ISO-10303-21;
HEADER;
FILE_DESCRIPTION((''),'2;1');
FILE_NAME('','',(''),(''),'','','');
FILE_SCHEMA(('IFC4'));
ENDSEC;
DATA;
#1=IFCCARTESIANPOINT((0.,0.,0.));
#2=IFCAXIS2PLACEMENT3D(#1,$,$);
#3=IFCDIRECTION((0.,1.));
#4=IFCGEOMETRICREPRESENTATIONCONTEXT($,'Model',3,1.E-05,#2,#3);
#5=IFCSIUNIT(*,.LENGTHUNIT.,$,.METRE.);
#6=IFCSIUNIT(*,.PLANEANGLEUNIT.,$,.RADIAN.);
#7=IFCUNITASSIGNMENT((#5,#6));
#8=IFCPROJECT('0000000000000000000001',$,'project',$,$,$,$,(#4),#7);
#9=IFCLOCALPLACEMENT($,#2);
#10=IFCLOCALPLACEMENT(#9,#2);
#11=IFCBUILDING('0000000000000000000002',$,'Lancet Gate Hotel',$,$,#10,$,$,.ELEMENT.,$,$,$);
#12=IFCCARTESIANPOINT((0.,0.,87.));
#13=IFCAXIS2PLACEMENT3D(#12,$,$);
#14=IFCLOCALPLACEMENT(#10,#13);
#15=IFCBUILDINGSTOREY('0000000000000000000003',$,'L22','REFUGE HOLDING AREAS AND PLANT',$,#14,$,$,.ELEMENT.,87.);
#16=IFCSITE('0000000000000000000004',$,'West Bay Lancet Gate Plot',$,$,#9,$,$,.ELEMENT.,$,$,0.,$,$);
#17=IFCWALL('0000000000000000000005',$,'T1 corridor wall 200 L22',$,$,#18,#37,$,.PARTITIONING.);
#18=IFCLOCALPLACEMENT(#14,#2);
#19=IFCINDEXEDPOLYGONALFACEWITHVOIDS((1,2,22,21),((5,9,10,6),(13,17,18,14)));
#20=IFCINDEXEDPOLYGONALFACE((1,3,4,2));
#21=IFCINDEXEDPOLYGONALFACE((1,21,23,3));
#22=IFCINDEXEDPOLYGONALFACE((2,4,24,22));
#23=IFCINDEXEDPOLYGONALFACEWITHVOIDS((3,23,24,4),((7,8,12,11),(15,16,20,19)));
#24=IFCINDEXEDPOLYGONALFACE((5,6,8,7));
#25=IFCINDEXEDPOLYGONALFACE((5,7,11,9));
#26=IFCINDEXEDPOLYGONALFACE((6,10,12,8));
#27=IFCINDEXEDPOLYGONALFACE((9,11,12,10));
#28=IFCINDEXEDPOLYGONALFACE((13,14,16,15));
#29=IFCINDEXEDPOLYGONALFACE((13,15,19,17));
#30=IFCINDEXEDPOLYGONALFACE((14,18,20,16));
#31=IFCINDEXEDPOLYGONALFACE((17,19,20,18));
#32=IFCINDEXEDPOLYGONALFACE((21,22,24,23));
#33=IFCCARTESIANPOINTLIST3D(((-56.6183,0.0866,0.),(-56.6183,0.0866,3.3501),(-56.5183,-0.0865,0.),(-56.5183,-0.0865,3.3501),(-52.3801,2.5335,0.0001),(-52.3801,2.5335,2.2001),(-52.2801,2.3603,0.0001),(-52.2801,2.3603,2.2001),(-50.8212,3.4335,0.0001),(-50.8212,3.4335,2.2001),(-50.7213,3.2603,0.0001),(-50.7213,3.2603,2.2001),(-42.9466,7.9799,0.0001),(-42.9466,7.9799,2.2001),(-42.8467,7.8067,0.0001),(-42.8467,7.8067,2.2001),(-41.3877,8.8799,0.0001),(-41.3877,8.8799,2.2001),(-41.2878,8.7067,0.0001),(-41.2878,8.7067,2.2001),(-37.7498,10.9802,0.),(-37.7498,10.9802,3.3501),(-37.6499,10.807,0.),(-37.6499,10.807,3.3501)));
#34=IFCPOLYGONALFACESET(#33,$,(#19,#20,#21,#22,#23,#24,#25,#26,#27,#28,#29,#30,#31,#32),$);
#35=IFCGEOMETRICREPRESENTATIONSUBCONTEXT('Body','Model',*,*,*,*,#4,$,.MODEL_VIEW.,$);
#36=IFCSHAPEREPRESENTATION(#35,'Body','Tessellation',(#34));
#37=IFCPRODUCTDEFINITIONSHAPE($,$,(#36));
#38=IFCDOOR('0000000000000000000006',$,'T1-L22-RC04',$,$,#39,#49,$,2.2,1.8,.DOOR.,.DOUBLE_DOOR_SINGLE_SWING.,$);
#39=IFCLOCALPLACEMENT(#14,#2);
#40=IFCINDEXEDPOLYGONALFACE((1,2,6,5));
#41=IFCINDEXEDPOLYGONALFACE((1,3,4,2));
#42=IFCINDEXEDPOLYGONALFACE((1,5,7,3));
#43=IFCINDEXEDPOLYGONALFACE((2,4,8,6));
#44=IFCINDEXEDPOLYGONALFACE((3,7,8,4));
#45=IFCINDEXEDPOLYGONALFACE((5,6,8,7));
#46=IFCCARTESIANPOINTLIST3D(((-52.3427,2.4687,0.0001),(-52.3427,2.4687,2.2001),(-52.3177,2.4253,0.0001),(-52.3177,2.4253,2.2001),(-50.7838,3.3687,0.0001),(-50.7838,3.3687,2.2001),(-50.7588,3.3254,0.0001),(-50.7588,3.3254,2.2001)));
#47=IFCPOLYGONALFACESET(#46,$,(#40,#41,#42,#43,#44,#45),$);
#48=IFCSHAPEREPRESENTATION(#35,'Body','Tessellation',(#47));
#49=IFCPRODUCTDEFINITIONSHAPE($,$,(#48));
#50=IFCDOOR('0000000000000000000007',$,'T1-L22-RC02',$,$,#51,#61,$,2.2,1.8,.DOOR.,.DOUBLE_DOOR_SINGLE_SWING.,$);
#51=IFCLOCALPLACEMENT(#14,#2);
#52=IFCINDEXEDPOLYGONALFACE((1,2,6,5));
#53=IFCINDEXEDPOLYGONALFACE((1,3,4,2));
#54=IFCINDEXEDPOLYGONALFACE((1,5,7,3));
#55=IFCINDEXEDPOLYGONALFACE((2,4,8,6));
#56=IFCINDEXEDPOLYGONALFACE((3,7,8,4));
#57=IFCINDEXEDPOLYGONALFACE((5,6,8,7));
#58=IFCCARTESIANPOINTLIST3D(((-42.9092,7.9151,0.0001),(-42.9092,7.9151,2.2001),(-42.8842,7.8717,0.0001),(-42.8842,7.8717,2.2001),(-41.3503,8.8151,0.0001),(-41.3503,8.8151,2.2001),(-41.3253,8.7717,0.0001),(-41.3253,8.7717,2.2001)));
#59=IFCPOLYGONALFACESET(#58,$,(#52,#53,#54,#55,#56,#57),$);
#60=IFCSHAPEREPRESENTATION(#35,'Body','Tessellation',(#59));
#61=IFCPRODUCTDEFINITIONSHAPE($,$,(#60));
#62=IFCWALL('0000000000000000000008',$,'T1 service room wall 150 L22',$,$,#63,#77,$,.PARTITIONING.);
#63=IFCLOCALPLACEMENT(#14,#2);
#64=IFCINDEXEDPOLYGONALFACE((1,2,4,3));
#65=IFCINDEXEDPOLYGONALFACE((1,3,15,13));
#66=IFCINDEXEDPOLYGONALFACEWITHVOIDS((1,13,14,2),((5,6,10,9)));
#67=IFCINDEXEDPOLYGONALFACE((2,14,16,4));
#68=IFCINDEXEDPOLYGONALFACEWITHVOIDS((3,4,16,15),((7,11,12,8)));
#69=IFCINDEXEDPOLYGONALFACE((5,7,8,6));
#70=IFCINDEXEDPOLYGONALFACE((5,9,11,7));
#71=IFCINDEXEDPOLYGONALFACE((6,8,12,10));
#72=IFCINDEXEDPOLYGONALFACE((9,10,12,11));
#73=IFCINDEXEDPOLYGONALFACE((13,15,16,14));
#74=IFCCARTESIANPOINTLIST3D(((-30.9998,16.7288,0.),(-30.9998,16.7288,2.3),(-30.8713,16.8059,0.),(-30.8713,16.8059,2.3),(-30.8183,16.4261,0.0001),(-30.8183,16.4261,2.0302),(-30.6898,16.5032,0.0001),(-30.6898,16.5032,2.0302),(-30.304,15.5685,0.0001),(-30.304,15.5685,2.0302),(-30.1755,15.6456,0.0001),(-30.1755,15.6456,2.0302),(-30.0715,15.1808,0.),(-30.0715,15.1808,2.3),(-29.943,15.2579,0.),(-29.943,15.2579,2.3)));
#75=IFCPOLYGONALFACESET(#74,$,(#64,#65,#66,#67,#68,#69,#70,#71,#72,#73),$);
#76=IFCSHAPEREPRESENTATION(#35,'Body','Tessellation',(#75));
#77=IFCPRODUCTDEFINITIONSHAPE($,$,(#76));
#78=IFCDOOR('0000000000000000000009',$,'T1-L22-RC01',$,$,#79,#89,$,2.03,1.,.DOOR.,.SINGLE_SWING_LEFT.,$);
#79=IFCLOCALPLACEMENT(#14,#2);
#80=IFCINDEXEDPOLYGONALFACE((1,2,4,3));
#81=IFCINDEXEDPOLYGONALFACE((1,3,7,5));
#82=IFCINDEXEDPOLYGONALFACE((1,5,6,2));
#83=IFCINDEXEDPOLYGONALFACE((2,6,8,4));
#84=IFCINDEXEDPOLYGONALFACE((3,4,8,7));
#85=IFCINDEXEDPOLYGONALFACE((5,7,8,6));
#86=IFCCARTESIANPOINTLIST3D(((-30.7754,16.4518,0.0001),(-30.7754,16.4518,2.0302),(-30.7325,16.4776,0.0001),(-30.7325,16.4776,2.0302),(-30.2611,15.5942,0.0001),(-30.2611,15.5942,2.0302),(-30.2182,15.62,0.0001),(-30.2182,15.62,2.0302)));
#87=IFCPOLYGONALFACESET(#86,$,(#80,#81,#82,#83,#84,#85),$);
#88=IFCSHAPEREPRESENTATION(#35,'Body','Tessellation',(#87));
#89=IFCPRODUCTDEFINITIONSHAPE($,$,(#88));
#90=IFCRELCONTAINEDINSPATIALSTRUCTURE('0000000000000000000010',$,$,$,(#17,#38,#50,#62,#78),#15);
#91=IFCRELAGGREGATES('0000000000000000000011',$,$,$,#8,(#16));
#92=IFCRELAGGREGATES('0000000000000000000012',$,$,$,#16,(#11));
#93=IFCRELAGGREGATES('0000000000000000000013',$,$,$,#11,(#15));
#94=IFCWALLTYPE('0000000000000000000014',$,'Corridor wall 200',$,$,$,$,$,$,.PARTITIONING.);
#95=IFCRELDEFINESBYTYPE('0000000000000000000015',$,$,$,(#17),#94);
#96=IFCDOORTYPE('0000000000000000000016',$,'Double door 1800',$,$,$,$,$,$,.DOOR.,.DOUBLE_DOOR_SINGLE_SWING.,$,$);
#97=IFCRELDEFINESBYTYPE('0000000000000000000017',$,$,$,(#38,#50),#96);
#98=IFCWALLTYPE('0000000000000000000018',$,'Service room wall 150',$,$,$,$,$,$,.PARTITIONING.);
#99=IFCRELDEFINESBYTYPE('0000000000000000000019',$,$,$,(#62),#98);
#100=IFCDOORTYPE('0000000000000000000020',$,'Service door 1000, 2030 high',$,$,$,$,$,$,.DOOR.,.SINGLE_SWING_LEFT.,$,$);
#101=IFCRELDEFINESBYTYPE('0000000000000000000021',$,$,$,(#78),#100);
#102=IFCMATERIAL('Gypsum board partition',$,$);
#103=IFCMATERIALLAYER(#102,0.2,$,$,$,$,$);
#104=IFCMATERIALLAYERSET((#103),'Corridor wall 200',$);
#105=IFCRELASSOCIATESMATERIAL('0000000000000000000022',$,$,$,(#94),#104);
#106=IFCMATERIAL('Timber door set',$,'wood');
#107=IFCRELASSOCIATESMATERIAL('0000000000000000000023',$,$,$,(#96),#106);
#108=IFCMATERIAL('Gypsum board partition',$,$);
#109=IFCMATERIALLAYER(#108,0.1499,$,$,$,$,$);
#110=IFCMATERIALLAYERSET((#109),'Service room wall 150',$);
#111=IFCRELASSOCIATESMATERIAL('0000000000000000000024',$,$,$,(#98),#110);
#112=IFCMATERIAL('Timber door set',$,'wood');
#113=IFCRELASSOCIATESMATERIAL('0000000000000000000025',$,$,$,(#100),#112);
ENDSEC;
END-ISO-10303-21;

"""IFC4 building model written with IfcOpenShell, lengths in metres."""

from ifc_helpers import new_model, si_unit, direction, frame, frame_2d, origin, place, context, subcontext, project, spatial, rectangle, extrude, material, layer, layer_set, type_object, element, fill, save


model = new_model("IFC4")

# Units and contexts
model_context = context("Model", 3, precision=1e-05, world=origin(), true_north=direction((0.0, 1.0)))
body_context = subcontext(model_context, "Body", "Model", "MODEL_VIEW")
ifc_project = project(units=[si_unit("LENGTHUNIT", "METRE"), si_unit("PLANEANGLEUNIT", "RADIAN")], contexts=[model_context])

# Site, building, storey
site_placement = place(None, origin())
site = spatial("IfcSite", under=ifc_project, at=site_placement, Name="West Bay Lancet Gate Plot", CompositionType="ELEMENT", RefElevation=0.0)
building_placement = place(site_placement, origin())
building = spatial("IfcBuilding", under=site, at=building_placement, Name="Lancet Gate Hotel", CompositionType="ELEMENT")
storey_placement = place(building_placement, frame((0.0, 0.0, 87.0)))
storey = spatial("IfcBuildingStorey", under=building, at=storey_placement, Name="L22", Description="REFUGE HOLDING AREAS AND PLANT", CompositionType="ELEMENT", Elevation=87.0)

# Wall, openings, doors
ifc_material_1 = material(Name="Gypsum board partition")
ifc_layer_1 = layer(ifc_material_1, 0.2)
ifc_layer_set_1 = layer_set([ifc_layer_1], Name="Corridor wall 200")
wall_type_1 = type_object("IfcWallType", Name="Corridor wall 200", PredefinedType="PARTITIONING", material=ifc_layer_set_1)
wall_1_placement = place(storey_placement, frame((-37.7, 10.8936, 0.0), z_axis=(0.0, 0.0, 1.0), x_axis=(-0.866028, -0.499996, 0.0)))
wall_1 = element("IfcWall", 1, at=wall_1_placement, inside=storey, type_object=wall_type_1, Name="T1 corridor wall 200 L22", PredefinedType="PARTITIONING", context=body_context, shape_type="SweptSolid", body=[
    extrude(rectangle(XDim=21.7874, YDim=0.2, at=frame_2d((10.8936, 0.0))), origin(), (0.0, 0.0, 1.0), 3.3501),
])
opening_1_placement = place(wall_1_placement, frame((15.0935, 0.0, 0.0)))
opening_1 = element("IfcOpeningElement", 2, at=opening_1_placement, cuts=wall_1, PredefinedType="OPENING", context=body_context, shape_type="SweptSolid", body=[
    extrude(rectangle(XDim=1.8, YDim=2.2, at=frame_2d((0.8999, 1.1001))), frame((0.0, 0.1099, 0.0), z_axis=(0.0, -1.0, 0.0), x_axis=(1.0, 0.0, 0.0)), (0.0, 0.0, 1.0), 0.22),
])
opening_2_placement = place(wall_1_placement, frame((4.2007, 0.0, 0.0)))
opening_2 = element("IfcOpeningElement", 3, at=opening_2_placement, cuts=wall_1, PredefinedType="OPENING", context=body_context, shape_type="SweptSolid", body=[
    extrude(rectangle(XDim=1.8, YDim=2.2, at=frame_2d((0.8999, 1.1001))), frame((0.0, 0.1099, 0.0), z_axis=(0.0, -1.0, 0.0), x_axis=(1.0, 0.0, 0.0)), (0.0, 0.0, 1.0), 0.22),
])
ifc_material_2 = material(Name="Timber door set", Category="wood")
door_type_1 = type_object("IfcDoorType", Name="Double door 1800", OperationType="DOUBLE_DOOR_SINGLE_SWING", PredefinedType="DOOR", material=ifc_material_2)
door_1_placement = place(opening_1_placement, origin())
door_1 = element("IfcDoor", 4, at=door_1_placement, inside=storey, type_object=door_type_1, Name="T1-L22-RC04", OperationType="DOUBLE_DOOR_SINGLE_SWING", OverallHeight=2.2, OverallWidth=1.8, PredefinedType="DOOR", context=body_context, shape_type="SweptSolid", body=[
    extrude(rectangle(XDim=1.8, YDim=2.2, at=frame_2d((0.8999, 1.1001))), frame((0.0, 0.0249, 0.0), z_axis=(0.0, -1.0, 0.0), x_axis=(1.0, 0.0, 0.0)), (0.0, 0.0, 1.0), 0.05),
])
fill(opening_1, door_1)
door_2_placement = place(opening_2_placement, origin())
door_2 = element("IfcDoor", 5, at=door_2_placement, inside=storey, type_object=door_type_1, Name="T1-L22-RC02", OperationType="DOUBLE_DOOR_SINGLE_SWING", OverallHeight=2.2, OverallWidth=1.8, PredefinedType="DOOR", context=body_context, shape_type="SweptSolid", body=[
    extrude(rectangle(XDim=1.8, YDim=2.2, at=frame_2d((0.8999, 1.1001))), frame((0.0, 0.0249, 0.0), z_axis=(0.0, -1.0, 0.0), x_axis=(1.0, 0.0, 0.0)), (0.0, 0.0, 1.0), 0.05),
])
fill(opening_2, door_2)

# Wall, opening, door
ifc_material_3 = material(Name="Gypsum board partition")
ifc_layer_2 = layer(ifc_material_3, 0.1499)
ifc_layer_set_2 = layer_set([ifc_layer_2], Name="Service room wall 150")
wall_type_2 = type_object("IfcWallType", Name="Service room wall 150", PredefinedType="PARTITIONING", material=ifc_layer_set_2)
wall_2_placement = place(storey_placement, frame((-30.0073, 15.2195, 0.0), z_axis=(0.0, 0.0, 1.0), x_axis=(-0.514297, 0.857612, 0.0)))
wall_2 = element("IfcWall", 6, at=wall_2_placement, inside=storey, type_object=wall_type_2, Name="T1 service room wall 150 L22", PredefinedType="PARTITIONING", context=body_context, shape_type="SweptSolid", body=[
    extrude(rectangle(XDim=1.8049, YDim=0.1499, at=frame_2d((0.9023, 0.0))), origin(), (0.0, 0.0, 1.0), 2.3),
])
opening_3_placement = place(wall_2_placement, frame((0.4519, 0.0, 0.0)))
opening_3 = element("IfcOpeningElement", 7, at=opening_3_placement, cuts=wall_2, PredefinedType="OPENING", context=body_context, shape_type="SweptSolid", body=[
    extrude(rectangle(XDim=1.0, YDim=2.03, at=frame_2d((0.5, 1.0151))), frame((0.0, 0.085, 0.0), z_axis=(0.0, -1.0, 0.0), x_axis=(1.0, 0.0, 0.0)), (0.0, 0.0, 1.0), 0.1699),
])
ifc_material_4 = material(Name="Timber door set", Category="wood")
door_type_2 = type_object("IfcDoorType", Name="Service door 1000, 2030 high", OperationType="SINGLE_SWING_LEFT", PredefinedType="DOOR", material=ifc_material_4)
door_3_placement = place(opening_3_placement, origin())
door_3 = element("IfcDoor", 8, at=door_3_placement, inside=storey, type_object=door_type_2, Name="T1-L22-RC01", OperationType="SINGLE_SWING_LEFT", OverallHeight=2.03, OverallWidth=1.0, PredefinedType="DOOR", context=body_context, shape_type="SweptSolid", body=[
    extrude(rectangle(XDim=1.0, YDim=2.03, at=frame_2d((0.5, 1.0151))), frame((0.0, 0.0249, 0.0), z_axis=(0.0, -1.0, 0.0), x_axis=(1.0, 0.0, 0.0)), (0.0, 0.0, 1.0), 0.05),
])
fill(opening_3, door_3)

save(model, "model.ifc")
